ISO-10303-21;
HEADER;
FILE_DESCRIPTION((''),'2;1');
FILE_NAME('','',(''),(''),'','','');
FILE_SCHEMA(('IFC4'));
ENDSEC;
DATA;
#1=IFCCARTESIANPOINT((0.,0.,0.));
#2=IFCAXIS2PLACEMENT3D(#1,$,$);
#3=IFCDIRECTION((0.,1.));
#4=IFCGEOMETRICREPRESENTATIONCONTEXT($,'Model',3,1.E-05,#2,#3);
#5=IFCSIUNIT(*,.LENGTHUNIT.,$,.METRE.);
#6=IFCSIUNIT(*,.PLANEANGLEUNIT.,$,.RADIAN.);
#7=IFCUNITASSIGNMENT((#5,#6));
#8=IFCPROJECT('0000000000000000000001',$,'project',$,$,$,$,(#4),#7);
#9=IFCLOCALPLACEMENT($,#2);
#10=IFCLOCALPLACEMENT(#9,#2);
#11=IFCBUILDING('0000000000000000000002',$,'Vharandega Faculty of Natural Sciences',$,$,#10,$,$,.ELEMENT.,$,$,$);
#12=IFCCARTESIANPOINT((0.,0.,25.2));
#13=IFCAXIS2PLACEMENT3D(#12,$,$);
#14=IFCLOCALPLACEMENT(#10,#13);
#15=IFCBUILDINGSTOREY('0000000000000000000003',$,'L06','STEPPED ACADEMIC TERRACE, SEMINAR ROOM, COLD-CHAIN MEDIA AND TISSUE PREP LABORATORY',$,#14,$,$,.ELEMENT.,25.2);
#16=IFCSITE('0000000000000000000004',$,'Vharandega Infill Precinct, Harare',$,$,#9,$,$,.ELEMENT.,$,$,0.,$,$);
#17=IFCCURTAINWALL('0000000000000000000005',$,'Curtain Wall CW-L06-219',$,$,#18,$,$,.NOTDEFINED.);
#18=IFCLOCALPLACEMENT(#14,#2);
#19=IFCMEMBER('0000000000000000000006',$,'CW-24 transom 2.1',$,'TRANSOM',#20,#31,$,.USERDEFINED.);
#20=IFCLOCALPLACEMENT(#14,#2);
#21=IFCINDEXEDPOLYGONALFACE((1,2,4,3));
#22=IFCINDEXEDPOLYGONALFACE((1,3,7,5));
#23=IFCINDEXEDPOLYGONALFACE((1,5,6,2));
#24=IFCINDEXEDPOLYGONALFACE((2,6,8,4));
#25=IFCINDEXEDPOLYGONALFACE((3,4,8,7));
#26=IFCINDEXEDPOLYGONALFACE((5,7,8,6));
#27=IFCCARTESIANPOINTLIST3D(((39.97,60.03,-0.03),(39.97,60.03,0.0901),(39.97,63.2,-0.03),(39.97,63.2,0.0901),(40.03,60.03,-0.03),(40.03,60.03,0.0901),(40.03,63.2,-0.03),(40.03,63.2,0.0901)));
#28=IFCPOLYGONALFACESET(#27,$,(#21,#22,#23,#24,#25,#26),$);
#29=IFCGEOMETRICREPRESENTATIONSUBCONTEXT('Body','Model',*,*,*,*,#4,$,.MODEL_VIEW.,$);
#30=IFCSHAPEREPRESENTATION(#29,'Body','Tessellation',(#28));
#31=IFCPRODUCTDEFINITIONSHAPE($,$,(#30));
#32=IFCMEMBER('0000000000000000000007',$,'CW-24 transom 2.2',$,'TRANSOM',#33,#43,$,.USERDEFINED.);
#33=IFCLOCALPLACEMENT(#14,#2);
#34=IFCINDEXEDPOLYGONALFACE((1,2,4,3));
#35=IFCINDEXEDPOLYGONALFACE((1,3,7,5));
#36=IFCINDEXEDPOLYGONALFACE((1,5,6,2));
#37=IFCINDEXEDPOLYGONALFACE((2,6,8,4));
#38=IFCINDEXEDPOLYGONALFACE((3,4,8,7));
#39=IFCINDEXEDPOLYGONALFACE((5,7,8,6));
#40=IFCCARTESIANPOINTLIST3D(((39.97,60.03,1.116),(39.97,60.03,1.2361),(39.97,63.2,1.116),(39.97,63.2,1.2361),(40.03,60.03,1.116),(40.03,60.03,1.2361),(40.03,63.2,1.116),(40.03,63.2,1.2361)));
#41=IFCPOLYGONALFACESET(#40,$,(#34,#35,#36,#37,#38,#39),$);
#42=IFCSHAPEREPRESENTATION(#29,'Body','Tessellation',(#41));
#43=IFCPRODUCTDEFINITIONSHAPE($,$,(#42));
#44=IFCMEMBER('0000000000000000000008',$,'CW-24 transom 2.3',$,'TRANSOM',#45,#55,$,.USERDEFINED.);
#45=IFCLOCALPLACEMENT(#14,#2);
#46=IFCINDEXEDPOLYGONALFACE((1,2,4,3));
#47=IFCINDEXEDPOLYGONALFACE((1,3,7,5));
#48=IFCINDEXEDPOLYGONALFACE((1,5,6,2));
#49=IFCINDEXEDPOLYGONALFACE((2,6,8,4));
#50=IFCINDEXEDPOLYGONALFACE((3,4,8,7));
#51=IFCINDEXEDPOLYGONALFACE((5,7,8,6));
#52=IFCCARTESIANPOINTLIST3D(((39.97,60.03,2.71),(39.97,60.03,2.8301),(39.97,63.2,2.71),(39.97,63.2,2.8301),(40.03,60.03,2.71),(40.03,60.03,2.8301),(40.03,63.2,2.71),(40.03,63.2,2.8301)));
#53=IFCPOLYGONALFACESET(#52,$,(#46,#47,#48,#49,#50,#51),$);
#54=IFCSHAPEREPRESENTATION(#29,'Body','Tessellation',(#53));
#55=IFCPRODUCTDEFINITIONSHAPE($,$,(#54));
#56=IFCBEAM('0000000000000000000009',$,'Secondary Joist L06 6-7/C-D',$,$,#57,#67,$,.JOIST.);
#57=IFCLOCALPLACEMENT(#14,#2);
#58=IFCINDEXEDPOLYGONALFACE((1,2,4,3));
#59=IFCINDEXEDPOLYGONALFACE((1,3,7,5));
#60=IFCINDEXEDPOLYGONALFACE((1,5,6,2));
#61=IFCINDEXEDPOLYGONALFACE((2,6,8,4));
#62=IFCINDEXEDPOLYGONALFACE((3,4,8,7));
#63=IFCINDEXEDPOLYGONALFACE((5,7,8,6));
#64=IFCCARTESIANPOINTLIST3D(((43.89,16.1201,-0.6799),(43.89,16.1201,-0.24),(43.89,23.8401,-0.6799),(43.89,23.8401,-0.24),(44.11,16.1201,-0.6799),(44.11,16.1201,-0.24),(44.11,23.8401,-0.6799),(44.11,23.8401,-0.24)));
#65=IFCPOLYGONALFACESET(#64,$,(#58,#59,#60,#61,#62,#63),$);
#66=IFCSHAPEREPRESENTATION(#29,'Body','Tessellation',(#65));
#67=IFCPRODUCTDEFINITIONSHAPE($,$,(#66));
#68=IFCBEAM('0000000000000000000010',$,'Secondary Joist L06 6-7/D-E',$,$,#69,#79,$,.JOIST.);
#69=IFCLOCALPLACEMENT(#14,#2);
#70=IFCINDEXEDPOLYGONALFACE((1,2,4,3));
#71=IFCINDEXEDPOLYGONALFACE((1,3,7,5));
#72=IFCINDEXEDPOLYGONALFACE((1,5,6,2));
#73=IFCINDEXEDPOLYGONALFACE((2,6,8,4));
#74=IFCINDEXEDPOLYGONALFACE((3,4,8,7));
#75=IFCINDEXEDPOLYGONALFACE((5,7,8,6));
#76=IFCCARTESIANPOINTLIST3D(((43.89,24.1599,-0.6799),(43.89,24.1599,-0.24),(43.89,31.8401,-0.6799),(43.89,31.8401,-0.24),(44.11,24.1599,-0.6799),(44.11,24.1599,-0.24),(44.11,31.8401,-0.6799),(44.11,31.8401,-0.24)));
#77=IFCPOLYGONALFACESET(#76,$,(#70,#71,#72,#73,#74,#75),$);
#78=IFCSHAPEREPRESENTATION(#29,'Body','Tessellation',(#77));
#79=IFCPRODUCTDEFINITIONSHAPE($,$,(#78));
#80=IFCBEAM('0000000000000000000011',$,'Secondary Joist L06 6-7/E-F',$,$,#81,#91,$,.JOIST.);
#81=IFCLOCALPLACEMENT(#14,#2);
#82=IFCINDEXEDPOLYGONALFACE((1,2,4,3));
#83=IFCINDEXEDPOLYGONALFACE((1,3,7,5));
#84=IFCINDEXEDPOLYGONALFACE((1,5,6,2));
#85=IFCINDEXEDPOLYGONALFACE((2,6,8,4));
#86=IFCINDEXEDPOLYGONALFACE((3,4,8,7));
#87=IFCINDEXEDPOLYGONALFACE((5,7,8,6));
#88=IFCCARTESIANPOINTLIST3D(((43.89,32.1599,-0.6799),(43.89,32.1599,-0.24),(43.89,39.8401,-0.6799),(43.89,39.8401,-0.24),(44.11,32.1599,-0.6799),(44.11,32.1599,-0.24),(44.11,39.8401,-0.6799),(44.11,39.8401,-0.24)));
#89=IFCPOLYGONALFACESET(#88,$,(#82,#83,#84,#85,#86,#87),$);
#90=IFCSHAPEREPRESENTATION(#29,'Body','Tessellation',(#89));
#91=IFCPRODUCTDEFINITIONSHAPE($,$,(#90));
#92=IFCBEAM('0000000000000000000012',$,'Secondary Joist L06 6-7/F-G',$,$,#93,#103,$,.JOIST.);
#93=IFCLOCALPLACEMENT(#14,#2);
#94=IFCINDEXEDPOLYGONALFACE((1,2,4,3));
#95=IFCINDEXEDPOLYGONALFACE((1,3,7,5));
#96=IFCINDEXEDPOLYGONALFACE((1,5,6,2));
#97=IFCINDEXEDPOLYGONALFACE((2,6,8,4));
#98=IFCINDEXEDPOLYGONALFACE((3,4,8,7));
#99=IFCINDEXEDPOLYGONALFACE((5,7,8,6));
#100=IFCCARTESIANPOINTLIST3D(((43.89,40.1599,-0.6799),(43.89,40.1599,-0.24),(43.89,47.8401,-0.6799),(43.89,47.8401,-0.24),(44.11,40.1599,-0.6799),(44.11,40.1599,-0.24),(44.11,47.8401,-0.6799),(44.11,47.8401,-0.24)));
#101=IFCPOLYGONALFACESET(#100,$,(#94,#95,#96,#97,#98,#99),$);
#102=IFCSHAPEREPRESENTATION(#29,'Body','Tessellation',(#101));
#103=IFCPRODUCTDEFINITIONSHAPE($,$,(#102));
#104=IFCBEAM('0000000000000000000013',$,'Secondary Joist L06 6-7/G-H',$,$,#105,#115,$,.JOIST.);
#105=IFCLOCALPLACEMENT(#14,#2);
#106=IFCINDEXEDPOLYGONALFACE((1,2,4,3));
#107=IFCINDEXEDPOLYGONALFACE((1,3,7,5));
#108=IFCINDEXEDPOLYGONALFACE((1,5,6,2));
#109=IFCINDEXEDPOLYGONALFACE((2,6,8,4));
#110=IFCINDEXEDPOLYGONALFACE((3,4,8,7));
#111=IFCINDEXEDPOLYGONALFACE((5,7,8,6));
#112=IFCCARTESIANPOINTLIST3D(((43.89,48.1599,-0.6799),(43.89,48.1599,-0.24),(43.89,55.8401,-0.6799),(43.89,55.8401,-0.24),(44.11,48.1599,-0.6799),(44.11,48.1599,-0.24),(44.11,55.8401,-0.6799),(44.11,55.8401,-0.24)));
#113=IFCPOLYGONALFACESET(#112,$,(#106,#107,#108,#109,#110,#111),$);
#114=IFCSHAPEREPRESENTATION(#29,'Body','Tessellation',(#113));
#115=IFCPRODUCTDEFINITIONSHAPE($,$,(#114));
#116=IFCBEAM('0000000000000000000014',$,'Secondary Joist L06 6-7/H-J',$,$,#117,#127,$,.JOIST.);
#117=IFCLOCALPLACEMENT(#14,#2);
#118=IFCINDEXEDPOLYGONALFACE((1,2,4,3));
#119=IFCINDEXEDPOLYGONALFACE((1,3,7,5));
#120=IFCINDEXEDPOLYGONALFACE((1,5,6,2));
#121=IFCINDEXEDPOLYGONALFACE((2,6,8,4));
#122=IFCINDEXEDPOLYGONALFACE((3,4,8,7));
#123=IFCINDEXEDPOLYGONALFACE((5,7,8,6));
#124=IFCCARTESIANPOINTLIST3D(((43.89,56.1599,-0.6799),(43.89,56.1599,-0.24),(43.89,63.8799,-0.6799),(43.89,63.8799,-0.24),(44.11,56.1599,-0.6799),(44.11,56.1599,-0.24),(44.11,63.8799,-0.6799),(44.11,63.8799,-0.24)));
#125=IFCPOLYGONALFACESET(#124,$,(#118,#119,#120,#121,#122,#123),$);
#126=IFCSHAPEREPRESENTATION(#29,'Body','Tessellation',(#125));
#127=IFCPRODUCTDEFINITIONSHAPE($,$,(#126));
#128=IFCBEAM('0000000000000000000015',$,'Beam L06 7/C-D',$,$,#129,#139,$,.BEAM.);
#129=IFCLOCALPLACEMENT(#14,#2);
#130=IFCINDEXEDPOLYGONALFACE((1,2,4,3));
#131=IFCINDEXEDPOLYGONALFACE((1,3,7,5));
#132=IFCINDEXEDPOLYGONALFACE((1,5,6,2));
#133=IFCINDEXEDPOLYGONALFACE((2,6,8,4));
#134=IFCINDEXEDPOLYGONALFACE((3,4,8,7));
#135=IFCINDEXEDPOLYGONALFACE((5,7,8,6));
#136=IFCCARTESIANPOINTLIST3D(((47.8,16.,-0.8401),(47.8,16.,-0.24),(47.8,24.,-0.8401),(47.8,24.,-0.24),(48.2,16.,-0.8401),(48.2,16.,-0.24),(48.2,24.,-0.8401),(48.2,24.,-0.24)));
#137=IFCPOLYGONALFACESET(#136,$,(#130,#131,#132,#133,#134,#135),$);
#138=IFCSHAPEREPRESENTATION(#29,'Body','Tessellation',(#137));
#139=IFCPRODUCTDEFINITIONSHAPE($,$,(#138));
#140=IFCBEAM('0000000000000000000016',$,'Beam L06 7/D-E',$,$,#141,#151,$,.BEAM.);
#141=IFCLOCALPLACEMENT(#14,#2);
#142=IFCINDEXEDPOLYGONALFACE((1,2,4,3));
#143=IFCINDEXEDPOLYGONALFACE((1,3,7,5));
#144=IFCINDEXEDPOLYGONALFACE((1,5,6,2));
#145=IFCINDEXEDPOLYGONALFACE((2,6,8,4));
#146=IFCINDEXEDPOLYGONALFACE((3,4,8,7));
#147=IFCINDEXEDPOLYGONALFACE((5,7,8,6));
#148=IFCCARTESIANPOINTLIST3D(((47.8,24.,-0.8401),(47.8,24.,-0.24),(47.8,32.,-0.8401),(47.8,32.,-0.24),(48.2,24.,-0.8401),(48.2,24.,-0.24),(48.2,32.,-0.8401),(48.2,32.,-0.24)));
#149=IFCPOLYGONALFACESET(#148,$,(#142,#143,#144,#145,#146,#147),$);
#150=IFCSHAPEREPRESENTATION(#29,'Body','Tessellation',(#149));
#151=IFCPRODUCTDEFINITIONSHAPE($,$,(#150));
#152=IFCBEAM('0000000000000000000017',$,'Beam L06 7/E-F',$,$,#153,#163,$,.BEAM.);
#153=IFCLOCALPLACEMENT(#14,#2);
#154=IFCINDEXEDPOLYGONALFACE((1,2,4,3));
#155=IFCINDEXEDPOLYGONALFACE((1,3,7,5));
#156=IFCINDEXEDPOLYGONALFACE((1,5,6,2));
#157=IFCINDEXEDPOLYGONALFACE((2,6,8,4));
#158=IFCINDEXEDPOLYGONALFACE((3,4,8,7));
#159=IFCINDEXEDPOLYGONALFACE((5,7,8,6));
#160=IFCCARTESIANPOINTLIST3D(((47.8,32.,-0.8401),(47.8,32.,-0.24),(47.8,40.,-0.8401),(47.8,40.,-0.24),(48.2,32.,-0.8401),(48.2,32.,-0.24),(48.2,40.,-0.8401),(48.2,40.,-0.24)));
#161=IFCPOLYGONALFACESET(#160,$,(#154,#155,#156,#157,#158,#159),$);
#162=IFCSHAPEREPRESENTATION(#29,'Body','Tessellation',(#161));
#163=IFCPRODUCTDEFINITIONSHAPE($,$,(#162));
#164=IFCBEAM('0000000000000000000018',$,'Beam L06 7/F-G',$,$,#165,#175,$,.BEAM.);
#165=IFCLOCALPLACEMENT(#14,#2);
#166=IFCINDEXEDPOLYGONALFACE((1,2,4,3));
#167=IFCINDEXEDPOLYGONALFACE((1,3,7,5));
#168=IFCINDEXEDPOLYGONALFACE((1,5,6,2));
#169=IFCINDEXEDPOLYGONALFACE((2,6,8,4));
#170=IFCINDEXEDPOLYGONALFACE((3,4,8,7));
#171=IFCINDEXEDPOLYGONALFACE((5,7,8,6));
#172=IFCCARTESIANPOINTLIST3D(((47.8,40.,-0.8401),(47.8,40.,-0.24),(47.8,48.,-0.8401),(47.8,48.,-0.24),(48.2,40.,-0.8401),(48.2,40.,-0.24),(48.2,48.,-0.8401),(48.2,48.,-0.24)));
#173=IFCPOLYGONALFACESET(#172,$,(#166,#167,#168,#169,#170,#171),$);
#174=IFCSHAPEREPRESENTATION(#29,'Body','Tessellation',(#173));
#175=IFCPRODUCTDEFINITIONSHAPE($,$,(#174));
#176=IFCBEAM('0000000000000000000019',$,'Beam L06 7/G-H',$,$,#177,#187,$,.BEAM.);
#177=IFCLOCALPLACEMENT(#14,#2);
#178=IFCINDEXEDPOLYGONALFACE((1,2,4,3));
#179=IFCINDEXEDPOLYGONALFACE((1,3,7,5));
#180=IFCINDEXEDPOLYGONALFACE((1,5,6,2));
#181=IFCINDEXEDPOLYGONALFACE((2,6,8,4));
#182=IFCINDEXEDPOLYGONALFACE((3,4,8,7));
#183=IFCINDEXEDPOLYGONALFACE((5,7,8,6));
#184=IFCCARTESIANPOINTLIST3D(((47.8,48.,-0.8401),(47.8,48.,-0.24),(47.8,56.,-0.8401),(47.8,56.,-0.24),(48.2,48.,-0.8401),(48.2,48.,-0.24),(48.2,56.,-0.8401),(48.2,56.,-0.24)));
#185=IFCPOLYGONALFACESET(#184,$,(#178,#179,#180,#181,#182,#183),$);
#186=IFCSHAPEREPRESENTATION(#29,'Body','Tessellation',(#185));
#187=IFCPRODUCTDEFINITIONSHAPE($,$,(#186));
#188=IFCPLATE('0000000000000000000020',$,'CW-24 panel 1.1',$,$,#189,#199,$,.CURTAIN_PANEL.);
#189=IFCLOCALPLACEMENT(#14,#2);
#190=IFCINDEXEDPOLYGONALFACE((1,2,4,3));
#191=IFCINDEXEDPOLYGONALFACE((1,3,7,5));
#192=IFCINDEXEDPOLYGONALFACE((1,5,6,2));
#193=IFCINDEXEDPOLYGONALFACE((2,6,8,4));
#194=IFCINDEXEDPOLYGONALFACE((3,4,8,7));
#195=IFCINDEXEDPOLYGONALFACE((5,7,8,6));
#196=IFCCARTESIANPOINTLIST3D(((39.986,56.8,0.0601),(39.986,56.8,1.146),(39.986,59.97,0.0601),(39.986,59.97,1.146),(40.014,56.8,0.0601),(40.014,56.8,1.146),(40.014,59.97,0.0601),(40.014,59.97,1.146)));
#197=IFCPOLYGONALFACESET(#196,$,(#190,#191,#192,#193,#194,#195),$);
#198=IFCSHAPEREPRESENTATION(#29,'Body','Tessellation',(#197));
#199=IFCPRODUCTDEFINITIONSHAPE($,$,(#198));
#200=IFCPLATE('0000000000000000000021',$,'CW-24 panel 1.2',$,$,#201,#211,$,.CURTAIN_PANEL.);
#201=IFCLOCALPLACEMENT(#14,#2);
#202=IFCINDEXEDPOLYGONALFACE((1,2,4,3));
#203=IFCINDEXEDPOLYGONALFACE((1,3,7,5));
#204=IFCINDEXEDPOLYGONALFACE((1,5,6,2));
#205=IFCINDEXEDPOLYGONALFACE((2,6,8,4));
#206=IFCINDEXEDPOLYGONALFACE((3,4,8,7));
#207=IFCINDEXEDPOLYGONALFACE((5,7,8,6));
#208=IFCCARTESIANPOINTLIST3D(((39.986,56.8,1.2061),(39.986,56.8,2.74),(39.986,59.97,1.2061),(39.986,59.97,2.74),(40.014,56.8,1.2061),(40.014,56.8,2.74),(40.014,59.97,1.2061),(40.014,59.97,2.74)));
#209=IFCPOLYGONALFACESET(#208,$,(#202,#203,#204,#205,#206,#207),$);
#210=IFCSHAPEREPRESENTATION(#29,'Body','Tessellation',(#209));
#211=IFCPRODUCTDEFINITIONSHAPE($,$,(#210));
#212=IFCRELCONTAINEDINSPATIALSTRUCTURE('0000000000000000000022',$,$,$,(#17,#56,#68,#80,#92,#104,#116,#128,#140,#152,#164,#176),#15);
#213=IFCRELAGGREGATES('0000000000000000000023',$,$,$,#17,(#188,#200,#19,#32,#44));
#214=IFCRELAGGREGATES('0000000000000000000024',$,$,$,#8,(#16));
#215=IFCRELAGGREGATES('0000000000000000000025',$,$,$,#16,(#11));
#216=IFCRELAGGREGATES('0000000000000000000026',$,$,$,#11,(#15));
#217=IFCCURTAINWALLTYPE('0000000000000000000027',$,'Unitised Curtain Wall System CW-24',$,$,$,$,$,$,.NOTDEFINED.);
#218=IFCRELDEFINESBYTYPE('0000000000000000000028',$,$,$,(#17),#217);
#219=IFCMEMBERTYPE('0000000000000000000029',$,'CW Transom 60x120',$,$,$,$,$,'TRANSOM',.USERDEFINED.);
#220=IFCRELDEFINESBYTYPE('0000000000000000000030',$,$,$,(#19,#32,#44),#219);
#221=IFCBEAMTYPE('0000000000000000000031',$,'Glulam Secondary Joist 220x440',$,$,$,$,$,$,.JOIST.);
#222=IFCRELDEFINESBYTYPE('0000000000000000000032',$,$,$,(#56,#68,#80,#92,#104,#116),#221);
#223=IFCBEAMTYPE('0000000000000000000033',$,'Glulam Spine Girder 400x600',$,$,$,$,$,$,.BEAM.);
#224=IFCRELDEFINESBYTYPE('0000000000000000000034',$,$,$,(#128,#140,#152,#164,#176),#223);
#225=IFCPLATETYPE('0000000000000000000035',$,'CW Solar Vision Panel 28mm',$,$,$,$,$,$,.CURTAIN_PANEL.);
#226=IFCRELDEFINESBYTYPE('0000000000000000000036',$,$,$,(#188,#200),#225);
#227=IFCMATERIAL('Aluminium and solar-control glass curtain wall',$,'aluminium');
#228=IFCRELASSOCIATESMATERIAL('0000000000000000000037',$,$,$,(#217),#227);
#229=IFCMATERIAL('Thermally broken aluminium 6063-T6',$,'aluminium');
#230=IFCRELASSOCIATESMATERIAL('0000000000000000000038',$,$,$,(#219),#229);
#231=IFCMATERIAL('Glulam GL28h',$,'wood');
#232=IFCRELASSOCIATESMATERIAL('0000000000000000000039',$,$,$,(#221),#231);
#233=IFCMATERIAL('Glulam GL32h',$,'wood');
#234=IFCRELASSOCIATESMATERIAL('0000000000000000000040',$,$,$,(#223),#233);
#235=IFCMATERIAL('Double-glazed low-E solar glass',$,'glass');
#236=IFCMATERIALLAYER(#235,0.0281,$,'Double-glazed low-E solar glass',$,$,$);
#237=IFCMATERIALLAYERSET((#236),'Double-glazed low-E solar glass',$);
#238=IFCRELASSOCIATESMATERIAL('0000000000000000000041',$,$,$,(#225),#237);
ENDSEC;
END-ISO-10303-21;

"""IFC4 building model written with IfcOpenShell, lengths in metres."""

from ifc_helpers import new_model, si_unit, direction, frame, origin, origin_2d, place, context, subcontext, project, spatial, rectangle, extrude, material, layer, layer_set, material_profile, profile_set, type_object, element, aggregate, save


model = new_model("IFC4")

# Units and contexts
model_context = context("Model", 3, precision=1e-05, world=origin(), true_north=direction((0.0, 1.0)))
body_context = subcontext(model_context, "Body", "Model", "MODEL_VIEW")
ifc_project = project(units=[si_unit("LENGTHUNIT", "METRE"), si_unit("PLANEANGLEUNIT", "RADIAN")], contexts=[model_context])

# Site, building, storey
site_placement = place(None, origin())
site = spatial("IfcSite", under=ifc_project, at=site_placement, Name="Vharandega Infill Precinct, Harare", CompositionType="ELEMENT", RefElevation=0.0)
building_placement = place(site_placement, origin())
building = spatial("IfcBuilding", under=site, at=building_placement, Name="Vharandega Faculty of Natural Sciences", CompositionType="ELEMENT")
storey_placement = place(building_placement, frame((0.0, 0.0, 25.2)))
storey = spatial("IfcBuildingStorey", under=building, at=storey_placement, Name="L06", Description="STEPPED ACADEMIC TERRACE, SEMINAR ROOM, COLD-CHAIN MEDIA AND TISSUE PREP LABORATORY", CompositionType="ELEMENT", Elevation=25.2)

# Curtain wall, members
ifc_material_1 = material(Name="Aluminium and solar-control glass curtain wall", Category="aluminium")
curtain_wall_type = type_object("IfcCurtainWallType", Name="Unitised Curtain Wall System CW-24", PredefinedType="NOTDEFINED", material=ifc_material_1)
curtain_wall_placement = place(storey_placement, origin())
curtain_wall = element("IfcCurtainWall", 1, at=curtain_wall_placement, inside=storey, type_object=curtain_wall_type, Name="Curtain Wall CW-L06-219", PredefinedType="NOTDEFINED")
ifc_material_2 = material(Name="Thermally broken aluminium 6063-T6", Category="aluminium")
ifc_material_profile_1 = material_profile(ifc_material_2, rectangle(XDim=0.0601, YDim=0.1201, at=origin_2d()), Name="ALU 60x120")
ifc_profile_set_1 = profile_set([ifc_material_profile_1], Name="Thermally broken aluminium 6063-T6")
member_type = type_object("IfcMemberType", Name="CW Transom 60x120", ElementType="TRANSOM", PredefinedType="USERDEFINED", material=ifc_profile_set_1)
member_1_placement = place(storey_placement, frame((40.0, 60.03, 0.03), z_axis=(0.0, 1.0, 0.0), x_axis=(-1.0, 0.0, 0.0)))
member_1 = element("IfcMember", 2, at=member_1_placement, type_object=member_type, Name="CW-24 transom 2.1", ObjectType="TRANSOM", PredefinedType="USERDEFINED", context=body_context, shape_type="SweptSolid", body=[
    extrude(rectangle(XDim=0.0601, YDim=0.1201, at=origin_2d()), origin(), (0.0, 0.0, 1.0), 3.1699),
])
member_2_placement = place(storey_placement, frame((40.0, 60.03, 1.176), z_axis=(0.0, 1.0, 0.0), x_axis=(-1.0, 0.0, 0.0)))
member_2 = element("IfcMember", 3, at=member_2_placement, type_object=member_type, Name="CW-24 transom 2.2", ObjectType="TRANSOM", PredefinedType="USERDEFINED", context=body_context, shape_type="SweptSolid", body=[
    extrude(rectangle(XDim=0.0601, YDim=0.1201, at=origin_2d()), origin(), (0.0, 0.0, 1.0), 3.1699),
])
member_3_placement = place(storey_placement, frame((40.0, 60.03, 2.77), z_axis=(0.0, 1.0, 0.0), x_axis=(-1.0, 0.0, 0.0)))
member_3 = element("IfcMember", 4, at=member_3_placement, type_object=member_type, Name="CW-24 transom 2.3", ObjectType="TRANSOM", PredefinedType="USERDEFINED", context=body_context, shape_type="SweptSolid", body=[
    extrude(rectangle(XDim=0.0601, YDim=0.1201, at=origin_2d()), origin(), (0.0, 0.0, 1.0), 3.1699),
])

# Beams
ifc_material_3 = material(Name="Glulam GL28h", Category="wood")
ifc_material_profile_2 = material_profile(ifc_material_3, rectangle(XDim=0.22, YDim=0.4399, at=origin_2d()), Name="GL28h 220x440")
ifc_profile_set_2 = profile_set([ifc_material_profile_2], Name="Glulam GL28h")
beam_type_1 = type_object("IfcBeamType", Name="Glulam Secondary Joist 220x440", PredefinedType="JOIST", material=ifc_profile_set_2)
beam_1_placement = place(storey_placement, frame((44.0, 16.1201, -0.46), z_axis=(0.0, 1.0, 0.0), x_axis=(-1.0, 0.0, 0.0)))
element("IfcBeam", 5, at=beam_1_placement, inside=storey, type_object=beam_type_1, Name="Secondary Joist L06 6-7/C-D", PredefinedType="JOIST", context=body_context, shape_type="SweptSolid", body=[
    extrude(rectangle(XDim=0.22, YDim=0.4399, at=origin_2d()), origin(), (0.0, 0.0, 1.0), 7.72),
])
for number, where, z_axis, x_axis, name in (
    (6, (44.0, 24.1599, -0.46), (0.0, 1.0, 0.0), (-1.0, 0.0, 0.0), "Secondary Joist L06 6-7/D-E"),
    (7, (44.0, 32.1599, -0.46), (0.0, 1.0, 0.0), (-1.0, 0.0, 0.0), "Secondary Joist L06 6-7/E-F"),
    (8, (44.0, 40.1599, -0.46), (0.0, 1.0, 0.0), (-1.0, 0.0, 0.0), "Secondary Joist L06 6-7/F-G"),
    (9, (44.0, 48.1599, -0.46), (0.0, 1.0, 0.0), (-1.0, 0.0, 0.0), "Secondary Joist L06 6-7/G-H"),
):
    element("IfcBeam", number, at=place(storey_placement, frame(where, z_axis=z_axis, x_axis=x_axis)), inside=storey, type_object=beam_type_1, Name=name, PredefinedType="JOIST", context=body_context, shape_type="SweptSolid", body=[
        extrude(rectangle(XDim=0.22, YDim=0.4399, at=origin_2d()), origin(), (0.0, 0.0, 1.0), 7.6802),
    ])
beam_2_placement = place(storey_placement, frame((44.0, 56.1599, -0.46), z_axis=(0.0, 1.0, 0.0), x_axis=(-1.0, 0.0, 0.0)))
element("IfcBeam", 10, at=beam_2_placement, inside=storey, type_object=beam_type_1, Name="Secondary Joist L06 6-7/H-J", PredefinedType="JOIST", context=body_context, shape_type="SweptSolid", body=[
    extrude(rectangle(XDim=0.22, YDim=0.4399, at=origin_2d()), origin(), (0.0, 0.0, 1.0), 7.72),
])
ifc_material_4 = material(Name="Glulam GL32h", Category="wood")
ifc_material_profile_3 = material_profile(ifc_material_4, rectangle(XDim=0.3999, YDim=0.6001, at=origin_2d()), Name="GL32h 400x600")
ifc_profile_set_3 = profile_set([ifc_material_profile_3], Name="Glulam GL32h")
beam_type_2 = type_object("IfcBeamType", Name="Glulam Spine Girder 400x600", PredefinedType="BEAM", material=ifc_profile_set_3)
for number, where, z_axis, x_axis, name in (
    (11, (48.0, 16.0, -0.54), (0.0, 1.0, 0.0), (-1.0, 0.0, 0.0), "Beam L06 7/C-D"),
    (12, (48.0, 24.0, -0.54), (0.0, 1.0, 0.0), (-1.0, 0.0, 0.0), "Beam L06 7/D-E"),
    (13, (48.0, 32.0, -0.54), (0.0, 1.0, 0.0), (-1.0, 0.0, 0.0), "Beam L06 7/E-F"),
    (14, (48.0, 40.0, -0.54), (0.0, 1.0, 0.0), (-1.0, 0.0, 0.0), "Beam L06 7/F-G"),
    (15, (48.0, 48.0, -0.54), (0.0, 1.0, 0.0), (-1.0, 0.0, 0.0), "Beam L06 7/G-H"),
):
    element("IfcBeam", number, at=place(storey_placement, frame(where, z_axis=z_axis, x_axis=x_axis)), inside=storey, type_object=beam_type_2, Name=name, PredefinedType="BEAM", context=body_context, shape_type="SweptSolid", body=[
        extrude(rectangle(XDim=0.3999, YDim=0.6001, at=origin_2d()), origin(), (0.0, 0.0, 1.0), 8.0),
    ])

# Plates
ifc_material_5 = material(Name="Double-glazed low-E solar glass", Category="glass")
ifc_layer_1 = layer(ifc_material_5, 0.0281, Name="Double-glazed low-E solar glass")
ifc_layer_set_1 = layer_set([ifc_layer_1], Name="Double-glazed low-E solar glass")
plate_type = type_object("IfcPlateType", Name="CW Solar Vision Panel 28mm", PredefinedType="CURTAIN_PANEL", material=ifc_layer_set_1)
plate_1_placement = place(storey_placement, frame((40.0, 58.385, 0.0601), z_axis=(0.0, 0.0, 1.0), x_axis=(0.0, 1.0, 0.0)))
plate_1 = element("IfcPlate", 16, at=plate_1_placement, type_object=plate_type, Name="CW-24 panel 1.1", PredefinedType="CURTAIN_PANEL", context=body_context, shape_type="SweptSolid", body=[
    extrude(rectangle(XDim=3.1699, YDim=0.0281, at=origin_2d()), origin(), (0.0, 0.0, 1.0), 1.0859),
])
plate_2_placement = place(storey_placement, frame((40.0, 58.385, 1.2061), z_axis=(0.0, 0.0, 1.0), x_axis=(0.0, 1.0, 0.0)))
plate_2 = element("IfcPlate", 17, at=plate_2_placement, type_object=plate_type, Name="CW-24 panel 1.2", PredefinedType="CURTAIN_PANEL", context=body_context, shape_type="SweptSolid", body=[
    extrude(rectangle(XDim=3.1699, YDim=0.0281, at=origin_2d()), origin(), (0.0, 0.0, 1.0), 1.5339),
])
aggregate(curtain_wall, [plate_1, plate_2, member_1, member_2, member_3])

save(model, "model.ifc")
